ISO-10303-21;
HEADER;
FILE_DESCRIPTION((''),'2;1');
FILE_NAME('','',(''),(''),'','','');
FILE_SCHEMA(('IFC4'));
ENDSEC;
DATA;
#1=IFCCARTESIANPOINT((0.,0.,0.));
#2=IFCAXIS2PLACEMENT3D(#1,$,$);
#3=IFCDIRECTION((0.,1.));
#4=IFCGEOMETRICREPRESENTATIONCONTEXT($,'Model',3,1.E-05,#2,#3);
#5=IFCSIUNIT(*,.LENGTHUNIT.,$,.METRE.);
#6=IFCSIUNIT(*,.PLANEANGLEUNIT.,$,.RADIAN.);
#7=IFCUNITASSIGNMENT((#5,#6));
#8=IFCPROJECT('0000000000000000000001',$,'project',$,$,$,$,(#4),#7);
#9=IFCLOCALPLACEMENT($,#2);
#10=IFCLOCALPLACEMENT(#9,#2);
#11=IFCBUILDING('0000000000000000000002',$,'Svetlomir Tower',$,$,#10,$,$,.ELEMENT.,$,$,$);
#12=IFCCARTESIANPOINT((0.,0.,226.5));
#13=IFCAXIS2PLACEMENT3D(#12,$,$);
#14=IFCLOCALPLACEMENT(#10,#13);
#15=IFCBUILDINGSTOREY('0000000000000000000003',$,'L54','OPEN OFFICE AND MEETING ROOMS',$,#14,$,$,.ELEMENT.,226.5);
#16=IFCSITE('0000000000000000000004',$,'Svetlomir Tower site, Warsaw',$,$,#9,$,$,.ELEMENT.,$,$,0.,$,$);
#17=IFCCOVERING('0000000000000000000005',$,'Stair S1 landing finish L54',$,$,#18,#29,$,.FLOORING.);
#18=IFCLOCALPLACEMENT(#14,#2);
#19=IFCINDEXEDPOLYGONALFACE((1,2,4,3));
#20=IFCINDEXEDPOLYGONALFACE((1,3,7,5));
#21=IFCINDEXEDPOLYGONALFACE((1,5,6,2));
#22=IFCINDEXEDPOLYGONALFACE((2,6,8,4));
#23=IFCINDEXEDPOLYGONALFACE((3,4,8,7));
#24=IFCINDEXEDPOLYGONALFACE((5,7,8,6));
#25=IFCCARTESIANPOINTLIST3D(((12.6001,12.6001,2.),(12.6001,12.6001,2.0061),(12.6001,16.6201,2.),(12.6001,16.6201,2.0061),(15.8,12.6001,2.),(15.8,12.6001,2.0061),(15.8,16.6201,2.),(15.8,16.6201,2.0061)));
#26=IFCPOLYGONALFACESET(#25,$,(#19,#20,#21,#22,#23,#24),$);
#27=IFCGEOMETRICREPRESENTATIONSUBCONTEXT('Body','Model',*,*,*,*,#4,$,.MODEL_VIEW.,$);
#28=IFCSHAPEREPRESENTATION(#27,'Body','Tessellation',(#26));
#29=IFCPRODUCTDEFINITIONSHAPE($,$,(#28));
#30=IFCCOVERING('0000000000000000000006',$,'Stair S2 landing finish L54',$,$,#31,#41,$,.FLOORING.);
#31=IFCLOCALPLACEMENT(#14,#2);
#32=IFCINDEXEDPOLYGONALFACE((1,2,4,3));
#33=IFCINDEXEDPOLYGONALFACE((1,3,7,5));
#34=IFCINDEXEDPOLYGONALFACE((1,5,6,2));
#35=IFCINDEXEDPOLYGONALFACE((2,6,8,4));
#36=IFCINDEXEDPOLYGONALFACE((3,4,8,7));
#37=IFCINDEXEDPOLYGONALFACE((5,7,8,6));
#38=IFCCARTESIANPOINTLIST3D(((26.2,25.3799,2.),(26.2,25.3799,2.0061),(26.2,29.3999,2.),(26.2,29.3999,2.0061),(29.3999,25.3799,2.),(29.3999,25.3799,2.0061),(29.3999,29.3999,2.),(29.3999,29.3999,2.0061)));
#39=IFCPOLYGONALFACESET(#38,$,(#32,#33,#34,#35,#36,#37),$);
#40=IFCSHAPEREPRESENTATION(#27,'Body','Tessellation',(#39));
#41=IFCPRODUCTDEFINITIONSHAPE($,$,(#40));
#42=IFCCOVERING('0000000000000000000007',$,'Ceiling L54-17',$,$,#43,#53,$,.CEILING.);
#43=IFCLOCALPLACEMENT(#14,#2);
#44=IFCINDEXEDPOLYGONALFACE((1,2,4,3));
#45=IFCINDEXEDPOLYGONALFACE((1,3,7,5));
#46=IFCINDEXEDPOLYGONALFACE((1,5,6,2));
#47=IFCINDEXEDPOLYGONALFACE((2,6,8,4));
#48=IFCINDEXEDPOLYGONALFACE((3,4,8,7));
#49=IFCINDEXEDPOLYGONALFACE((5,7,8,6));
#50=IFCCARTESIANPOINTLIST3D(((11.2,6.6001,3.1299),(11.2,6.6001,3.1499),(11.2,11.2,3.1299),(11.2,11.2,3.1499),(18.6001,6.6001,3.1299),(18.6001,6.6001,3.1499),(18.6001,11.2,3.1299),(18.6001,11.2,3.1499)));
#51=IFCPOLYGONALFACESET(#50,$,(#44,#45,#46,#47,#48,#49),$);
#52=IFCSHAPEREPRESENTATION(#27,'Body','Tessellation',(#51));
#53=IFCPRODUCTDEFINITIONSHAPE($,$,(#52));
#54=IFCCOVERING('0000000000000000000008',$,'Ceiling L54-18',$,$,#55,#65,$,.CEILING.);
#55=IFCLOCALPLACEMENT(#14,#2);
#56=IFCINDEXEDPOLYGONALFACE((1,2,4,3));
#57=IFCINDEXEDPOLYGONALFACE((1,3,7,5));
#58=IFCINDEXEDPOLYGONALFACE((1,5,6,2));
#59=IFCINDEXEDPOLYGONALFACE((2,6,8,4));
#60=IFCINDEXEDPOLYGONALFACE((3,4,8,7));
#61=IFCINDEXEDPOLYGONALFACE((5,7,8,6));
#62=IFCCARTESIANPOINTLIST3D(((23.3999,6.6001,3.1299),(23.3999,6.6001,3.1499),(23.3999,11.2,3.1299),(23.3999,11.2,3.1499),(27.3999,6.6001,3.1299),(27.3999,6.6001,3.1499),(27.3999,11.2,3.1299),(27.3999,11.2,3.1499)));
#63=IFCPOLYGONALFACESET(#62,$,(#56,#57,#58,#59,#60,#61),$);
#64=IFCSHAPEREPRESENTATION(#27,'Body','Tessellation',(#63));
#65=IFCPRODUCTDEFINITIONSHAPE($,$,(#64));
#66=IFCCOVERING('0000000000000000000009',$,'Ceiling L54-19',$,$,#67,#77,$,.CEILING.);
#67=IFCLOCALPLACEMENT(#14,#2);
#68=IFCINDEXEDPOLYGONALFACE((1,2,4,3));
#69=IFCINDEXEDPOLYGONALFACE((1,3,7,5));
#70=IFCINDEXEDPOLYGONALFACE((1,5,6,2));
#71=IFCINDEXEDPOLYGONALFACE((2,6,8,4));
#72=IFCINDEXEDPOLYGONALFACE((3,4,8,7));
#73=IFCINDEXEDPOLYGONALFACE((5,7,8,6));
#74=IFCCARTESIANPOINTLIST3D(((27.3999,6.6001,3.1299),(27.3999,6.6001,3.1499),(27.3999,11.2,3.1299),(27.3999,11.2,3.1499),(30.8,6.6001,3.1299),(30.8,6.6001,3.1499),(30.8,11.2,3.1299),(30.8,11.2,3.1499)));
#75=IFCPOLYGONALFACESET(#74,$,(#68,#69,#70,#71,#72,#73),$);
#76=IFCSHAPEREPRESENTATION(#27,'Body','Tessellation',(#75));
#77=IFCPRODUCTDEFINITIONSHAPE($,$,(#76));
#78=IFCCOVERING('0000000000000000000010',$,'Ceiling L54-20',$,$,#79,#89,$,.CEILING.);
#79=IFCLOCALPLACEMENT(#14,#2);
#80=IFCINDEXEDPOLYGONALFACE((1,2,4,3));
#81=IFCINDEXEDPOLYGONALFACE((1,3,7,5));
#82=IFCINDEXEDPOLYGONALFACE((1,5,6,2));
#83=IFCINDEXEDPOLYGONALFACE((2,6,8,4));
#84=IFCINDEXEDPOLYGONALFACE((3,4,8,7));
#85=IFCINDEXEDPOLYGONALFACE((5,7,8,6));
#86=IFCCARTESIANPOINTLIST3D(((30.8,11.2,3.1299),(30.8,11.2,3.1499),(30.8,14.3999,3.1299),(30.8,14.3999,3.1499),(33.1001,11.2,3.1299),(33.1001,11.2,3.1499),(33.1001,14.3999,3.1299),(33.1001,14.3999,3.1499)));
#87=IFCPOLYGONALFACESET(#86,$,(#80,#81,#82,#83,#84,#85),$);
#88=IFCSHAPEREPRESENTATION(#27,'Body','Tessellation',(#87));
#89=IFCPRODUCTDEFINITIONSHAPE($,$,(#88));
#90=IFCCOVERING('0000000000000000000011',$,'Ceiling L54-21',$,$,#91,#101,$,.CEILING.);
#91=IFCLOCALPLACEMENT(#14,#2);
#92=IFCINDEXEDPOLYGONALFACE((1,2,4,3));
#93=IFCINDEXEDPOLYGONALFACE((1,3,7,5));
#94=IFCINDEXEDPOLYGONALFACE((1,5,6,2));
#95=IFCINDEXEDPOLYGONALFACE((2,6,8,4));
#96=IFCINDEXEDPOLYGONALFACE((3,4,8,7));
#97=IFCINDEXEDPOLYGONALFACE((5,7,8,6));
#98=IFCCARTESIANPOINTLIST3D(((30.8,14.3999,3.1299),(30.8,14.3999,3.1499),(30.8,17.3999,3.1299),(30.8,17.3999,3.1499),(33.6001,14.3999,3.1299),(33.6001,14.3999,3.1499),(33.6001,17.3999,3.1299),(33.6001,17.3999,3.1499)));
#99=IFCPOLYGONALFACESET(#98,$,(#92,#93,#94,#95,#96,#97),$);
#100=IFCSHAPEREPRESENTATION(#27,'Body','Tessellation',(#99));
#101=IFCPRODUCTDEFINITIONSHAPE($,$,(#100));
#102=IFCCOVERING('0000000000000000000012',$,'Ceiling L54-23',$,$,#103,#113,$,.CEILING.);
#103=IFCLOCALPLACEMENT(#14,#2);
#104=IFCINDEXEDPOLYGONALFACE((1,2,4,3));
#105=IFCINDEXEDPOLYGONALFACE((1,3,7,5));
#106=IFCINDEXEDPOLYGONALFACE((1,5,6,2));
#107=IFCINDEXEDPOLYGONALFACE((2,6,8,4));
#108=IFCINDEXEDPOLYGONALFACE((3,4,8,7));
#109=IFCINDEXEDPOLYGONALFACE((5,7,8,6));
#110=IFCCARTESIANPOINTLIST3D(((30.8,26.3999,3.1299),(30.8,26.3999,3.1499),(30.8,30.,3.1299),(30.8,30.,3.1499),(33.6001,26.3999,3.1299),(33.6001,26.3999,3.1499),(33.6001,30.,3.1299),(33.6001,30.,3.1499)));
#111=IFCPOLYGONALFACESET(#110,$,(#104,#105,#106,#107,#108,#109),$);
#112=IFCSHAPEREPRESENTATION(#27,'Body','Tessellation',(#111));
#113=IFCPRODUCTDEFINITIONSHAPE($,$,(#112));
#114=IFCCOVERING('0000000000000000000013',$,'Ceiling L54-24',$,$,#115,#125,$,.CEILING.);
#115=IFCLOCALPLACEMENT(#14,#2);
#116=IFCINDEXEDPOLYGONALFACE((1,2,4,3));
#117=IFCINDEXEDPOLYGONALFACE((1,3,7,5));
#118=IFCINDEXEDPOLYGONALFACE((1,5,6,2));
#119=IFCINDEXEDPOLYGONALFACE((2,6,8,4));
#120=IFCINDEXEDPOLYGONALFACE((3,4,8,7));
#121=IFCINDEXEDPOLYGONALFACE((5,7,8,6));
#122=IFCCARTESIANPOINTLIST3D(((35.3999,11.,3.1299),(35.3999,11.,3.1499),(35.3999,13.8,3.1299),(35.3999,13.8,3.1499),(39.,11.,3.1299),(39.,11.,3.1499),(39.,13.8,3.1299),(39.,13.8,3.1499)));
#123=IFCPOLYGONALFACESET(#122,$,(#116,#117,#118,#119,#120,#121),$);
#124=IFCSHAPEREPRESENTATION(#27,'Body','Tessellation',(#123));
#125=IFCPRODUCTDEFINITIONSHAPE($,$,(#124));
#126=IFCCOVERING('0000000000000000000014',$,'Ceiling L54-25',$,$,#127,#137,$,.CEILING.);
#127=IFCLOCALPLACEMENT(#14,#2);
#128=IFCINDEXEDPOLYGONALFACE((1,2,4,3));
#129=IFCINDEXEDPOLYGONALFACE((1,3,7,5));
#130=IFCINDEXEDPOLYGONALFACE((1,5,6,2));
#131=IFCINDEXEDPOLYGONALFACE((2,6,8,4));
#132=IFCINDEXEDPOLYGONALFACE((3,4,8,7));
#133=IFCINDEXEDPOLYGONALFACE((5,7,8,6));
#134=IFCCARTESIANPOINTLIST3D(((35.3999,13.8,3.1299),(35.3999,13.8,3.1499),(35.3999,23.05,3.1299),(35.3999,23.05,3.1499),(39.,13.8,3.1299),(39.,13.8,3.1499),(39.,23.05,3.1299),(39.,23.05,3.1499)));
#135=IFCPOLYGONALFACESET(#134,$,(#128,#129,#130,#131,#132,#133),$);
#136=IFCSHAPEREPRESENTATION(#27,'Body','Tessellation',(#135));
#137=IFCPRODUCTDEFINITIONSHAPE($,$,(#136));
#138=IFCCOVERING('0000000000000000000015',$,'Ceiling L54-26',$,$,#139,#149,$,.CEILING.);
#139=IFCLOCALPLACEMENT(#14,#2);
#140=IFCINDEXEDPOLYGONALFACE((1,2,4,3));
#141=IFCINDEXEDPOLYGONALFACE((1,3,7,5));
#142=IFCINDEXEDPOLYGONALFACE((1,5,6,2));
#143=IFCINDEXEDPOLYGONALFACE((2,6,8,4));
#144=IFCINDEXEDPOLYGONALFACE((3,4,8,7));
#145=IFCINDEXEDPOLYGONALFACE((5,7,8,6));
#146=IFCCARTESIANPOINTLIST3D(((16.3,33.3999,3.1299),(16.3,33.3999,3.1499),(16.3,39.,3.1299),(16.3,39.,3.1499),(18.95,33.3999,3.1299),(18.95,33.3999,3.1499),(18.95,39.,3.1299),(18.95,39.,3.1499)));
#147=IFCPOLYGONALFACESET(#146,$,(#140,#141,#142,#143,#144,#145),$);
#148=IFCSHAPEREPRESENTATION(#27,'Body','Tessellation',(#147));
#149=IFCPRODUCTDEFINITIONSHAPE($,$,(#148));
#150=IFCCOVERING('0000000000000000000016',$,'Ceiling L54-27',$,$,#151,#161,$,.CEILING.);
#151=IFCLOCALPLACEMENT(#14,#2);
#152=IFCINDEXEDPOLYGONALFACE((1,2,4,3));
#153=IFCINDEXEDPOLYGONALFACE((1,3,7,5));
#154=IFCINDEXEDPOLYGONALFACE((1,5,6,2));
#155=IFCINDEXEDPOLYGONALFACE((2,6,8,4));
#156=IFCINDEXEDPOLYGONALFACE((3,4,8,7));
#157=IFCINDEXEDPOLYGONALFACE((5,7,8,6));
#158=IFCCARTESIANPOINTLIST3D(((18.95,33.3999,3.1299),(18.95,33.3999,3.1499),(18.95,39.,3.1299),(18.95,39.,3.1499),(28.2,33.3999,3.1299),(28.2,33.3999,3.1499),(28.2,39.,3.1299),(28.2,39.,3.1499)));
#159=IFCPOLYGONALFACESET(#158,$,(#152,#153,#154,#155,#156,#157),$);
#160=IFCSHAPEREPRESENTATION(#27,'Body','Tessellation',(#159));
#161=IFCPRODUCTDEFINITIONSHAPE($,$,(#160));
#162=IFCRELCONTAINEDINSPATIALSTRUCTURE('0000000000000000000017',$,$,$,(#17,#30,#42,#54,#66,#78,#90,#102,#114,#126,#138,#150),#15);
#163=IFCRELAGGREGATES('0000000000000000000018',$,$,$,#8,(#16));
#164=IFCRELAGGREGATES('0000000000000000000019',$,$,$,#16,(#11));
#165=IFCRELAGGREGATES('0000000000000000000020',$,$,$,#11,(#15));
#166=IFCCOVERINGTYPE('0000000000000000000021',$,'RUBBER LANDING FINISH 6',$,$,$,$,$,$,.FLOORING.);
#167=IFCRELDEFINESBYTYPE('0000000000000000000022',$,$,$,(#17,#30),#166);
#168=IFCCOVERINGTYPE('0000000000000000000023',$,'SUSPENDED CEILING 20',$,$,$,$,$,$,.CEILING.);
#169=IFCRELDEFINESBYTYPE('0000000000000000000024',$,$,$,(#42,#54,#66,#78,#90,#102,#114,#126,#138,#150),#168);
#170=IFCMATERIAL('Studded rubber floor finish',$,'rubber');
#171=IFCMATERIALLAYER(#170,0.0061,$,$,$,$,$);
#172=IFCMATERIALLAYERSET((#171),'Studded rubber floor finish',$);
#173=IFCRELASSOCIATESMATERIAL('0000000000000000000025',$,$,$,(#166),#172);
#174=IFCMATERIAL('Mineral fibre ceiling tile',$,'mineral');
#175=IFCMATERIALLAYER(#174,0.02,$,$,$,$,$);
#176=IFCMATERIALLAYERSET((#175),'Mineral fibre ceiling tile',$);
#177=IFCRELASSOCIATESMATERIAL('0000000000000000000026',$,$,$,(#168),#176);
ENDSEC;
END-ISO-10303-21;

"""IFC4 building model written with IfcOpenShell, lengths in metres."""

from ifc_helpers import new_model, si_unit, direction, frame, origin, place, context, subcontext, project, spatial, polyline, outline, extrude, material, layer, layer_set, type_object, element, save


model = new_model("IFC4")

# Units and contexts
model_context = context("Model", 3, precision=1e-05, world=origin(), true_north=direction((0.0, 1.0)))
body_context = subcontext(model_context, "Body", "Model", "MODEL_VIEW")
ifc_project = project(units=[si_unit("LENGTHUNIT", "METRE"), si_unit("PLANEANGLEUNIT", "RADIAN")], contexts=[model_context])

# Site, building, storey
site_placement = place(None, origin())
site = spatial("IfcSite", under=ifc_project, at=site_placement, Name="Svetlomir Tower site, Warsaw", CompositionType="ELEMENT", RefElevation=0.0)
building_placement = place(site_placement, origin())
building = spatial("IfcBuilding", under=site, at=building_placement, Name="Svetlomir Tower", CompositionType="ELEMENT")
storey_placement = place(building_placement, frame((0.0, 0.0, 226.5)))
storey = spatial("IfcBuildingStorey", under=building, at=storey_placement, Name="L54", Description="OPEN OFFICE AND MEETING ROOMS", CompositionType="ELEMENT", Elevation=226.5)

# Coverings
ifc_material_1 = material(Name="Studded rubber floor finish", Category="rubber")
ifc_layer_1 = layer(ifc_material_1, 0.0061)
ifc_layer_set_1 = layer_set([ifc_layer_1], Name="Studded rubber floor finish")
covering_type_1 = type_object("IfcCoveringType", Name="RUBBER LANDING FINISH 6", PredefinedType="FLOORING", material=ifc_layer_set_1)
covering_1_placement = place(storey_placement, frame((0.0, 0.0, 2.0)))
element("IfcCovering", 1, at=covering_1_placement, inside=storey, type_object=covering_type_1, Name="Stair S1 landing finish L54", PredefinedType="FLOORING", context=body_context, shape_type="SweptSolid", body=[
    extrude(outline(polyline([(12.6001, 12.6001), (15.8, 12.6001), (15.8, 16.6201), (12.6001, 16.6201), (12.6001, 12.6001)])), origin(), (0.0, 0.0, 1.0), 0.0061),
])
covering_2_placement = place(storey_placement, frame((0.0, 0.0, 2.0)))
element("IfcCovering", 2, at=covering_2_placement, inside=storey, type_object=covering_type_1, Name="Stair S2 landing finish L54", PredefinedType="FLOORING", context=body_context, shape_type="SweptSolid", body=[
    extrude(outline(polyline([(26.2, 25.3799), (29.3999, 25.3799), (29.3999, 29.3999), (26.2, 29.3999), (26.2, 25.3799)])), origin(), (0.0, 0.0, 1.0), 0.0061),
])
ifc_material_2 = material(Name="Mineral fibre ceiling tile", Category="mineral")
ifc_layer_2 = layer(ifc_material_2, 0.02)
ifc_layer_set_2 = layer_set([ifc_layer_2], Name="Mineral fibre ceiling tile")
covering_type_2 = type_object("IfcCoveringType", Name="SUSPENDED CEILING 20", PredefinedType="CEILING", material=ifc_layer_set_2)
covering_3_placement = place(storey_placement, frame((0.0, 0.0, 3.1299)))
element("IfcCovering", 3, at=covering_3_placement, inside=storey, type_object=covering_type_2, Name="Ceiling L54-17", PredefinedType="CEILING", context=body_context, shape_type="SweptSolid", body=[
    extrude(outline(polyline([(11.2, 6.6001), (18.6001, 6.6001), (18.6001, 11.2), (11.2, 11.2), (11.2, 6.6001)])), origin(), (0.0, 0.0, 1.0), 0.02),
])
covering_4_placement = place(storey_placement, frame((0.0, 0.0, 3.1299)))
element("IfcCovering", 4, at=covering_4_placement, inside=storey, type_object=covering_type_2, Name="Ceiling L54-18", PredefinedType="CEILING", context=body_context, shape_type="SweptSolid", body=[
    extrude(outline(polyline([(23.3999, 6.6001), (27.3999, 6.6001), (27.3999, 11.2), (23.3999, 11.2), (23.3999, 6.6001)])), origin(), (0.0, 0.0, 1.0), 0.02),
])
covering_5_placement = place(storey_placement, frame((0.0, 0.0, 3.1299)))
element("IfcCovering", 5, at=covering_5_placement, inside=storey, type_object=covering_type_2, Name="Ceiling L54-19", PredefinedType="CEILING", context=body_context, shape_type="SweptSolid", body=[
    extrude(outline(polyline([(27.3999, 6.6001), (30.8, 6.6001), (30.8, 11.2), (27.3999, 11.2), (27.3999, 6.6001)])), origin(), (0.0, 0.0, 1.0), 0.02),
])
covering_6_placement = place(storey_placement, frame((0.0, 0.0, 3.1299)))
element("IfcCovering", 6, at=covering_6_placement, inside=storey, type_object=covering_type_2, Name="Ceiling L54-20", PredefinedType="CEILING", context=body_context, shape_type="SweptSolid", body=[
    extrude(outline(polyline([(30.8, 11.2), (33.1001, 11.2), (33.1001, 14.3999), (30.8, 14.3999), (30.8, 11.2)])), origin(), (0.0, 0.0, 1.0), 0.02),
])
covering_7_placement = place(storey_placement, frame((0.0, 0.0, 3.1299)))
element("IfcCovering", 7, at=covering_7_placement, inside=storey, type_object=covering_type_2, Name="Ceiling L54-21", PredefinedType="CEILING", context=body_context, shape_type="SweptSolid", body=[
    extrude(outline(polyline([(30.8, 14.3999), (33.6001, 14.3999), (33.6001, 17.3999), (30.8, 17.3999), (30.8, 14.3999)])), origin(), (0.0, 0.0, 1.0), 0.02),
])
covering_8_placement = place(storey_placement, frame((0.0, 0.0, 3.1299)))
element("IfcCovering", 8, at=covering_8_placement, inside=storey, type_object=covering_type_2, Name="Ceiling L54-23", PredefinedType="CEILING", context=body_context, shape_type="SweptSolid", body=[
    extrude(outline(polyline([(30.8, 26.3999), (33.6001, 26.3999), (33.6001, 30.0), (30.8, 30.0), (30.8, 26.3999)])), origin(), (0.0, 0.0, 1.0), 0.02),
])
covering_9_placement = place(storey_placement, frame((0.0, 0.0, 3.1299)))
element("IfcCovering", 9, at=covering_9_placement, inside=storey, type_object=covering_type_2, Name="Ceiling L54-24", PredefinedType="CEILING", context=body_context, shape_type="SweptSolid", body=[
    extrude(outline(polyline([(35.3999, 11.0), (39.0, 11.0), (39.0, 13.8), (35.3999, 13.8), (35.3999, 11.0)])), origin(), (0.0, 0.0, 1.0), 0.02),
])
covering_10_placement = place(storey_placement, frame((0.0, 0.0, 3.1299)))
element("IfcCovering", 10, at=covering_10_placement, inside=storey, type_object=covering_type_2, Name="Ceiling L54-25", PredefinedType="CEILING", context=body_context, shape_type="SweptSolid", body=[
    extrude(outline(polyline([(35.3999, 13.8), (39.0, 13.8), (39.0, 23.05), (35.3999, 23.05), (35.3999, 13.8)])), origin(), (0.0, 0.0, 1.0), 0.02),
])
covering_11_placement = place(storey_placement, frame((0.0, 0.0, 3.1299)))
element("IfcCovering", 11, at=covering_11_placement, inside=storey, type_object=covering_type_2, Name="Ceiling L54-26", PredefinedType="CEILING", context=body_context, shape_type="SweptSolid", body=[
    extrude(outline(polyline([(16.3, 33.3999), (18.95, 33.3999), (18.95, 39.0), (16.3, 39.0), (16.3, 33.3999)])), origin(), (0.0, 0.0, 1.0), 0.02),
])
covering_12_placement = place(storey_placement, frame((0.0, 0.0, 3.1299)))
element("IfcCovering", 12, at=covering_12_placement, inside=storey, type_object=covering_type_2, Name="Ceiling L54-27", PredefinedType="CEILING", context=body_context, shape_type="SweptSolid", body=[
    extrude(outline(polyline([(18.95, 33.3999), (28.2, 33.3999), (28.2, 39.0), (18.95, 39.0), (18.95, 33.3999)])), origin(), (0.0, 0.0, 1.0), 0.02),
])

save(model, "model.ifc")
